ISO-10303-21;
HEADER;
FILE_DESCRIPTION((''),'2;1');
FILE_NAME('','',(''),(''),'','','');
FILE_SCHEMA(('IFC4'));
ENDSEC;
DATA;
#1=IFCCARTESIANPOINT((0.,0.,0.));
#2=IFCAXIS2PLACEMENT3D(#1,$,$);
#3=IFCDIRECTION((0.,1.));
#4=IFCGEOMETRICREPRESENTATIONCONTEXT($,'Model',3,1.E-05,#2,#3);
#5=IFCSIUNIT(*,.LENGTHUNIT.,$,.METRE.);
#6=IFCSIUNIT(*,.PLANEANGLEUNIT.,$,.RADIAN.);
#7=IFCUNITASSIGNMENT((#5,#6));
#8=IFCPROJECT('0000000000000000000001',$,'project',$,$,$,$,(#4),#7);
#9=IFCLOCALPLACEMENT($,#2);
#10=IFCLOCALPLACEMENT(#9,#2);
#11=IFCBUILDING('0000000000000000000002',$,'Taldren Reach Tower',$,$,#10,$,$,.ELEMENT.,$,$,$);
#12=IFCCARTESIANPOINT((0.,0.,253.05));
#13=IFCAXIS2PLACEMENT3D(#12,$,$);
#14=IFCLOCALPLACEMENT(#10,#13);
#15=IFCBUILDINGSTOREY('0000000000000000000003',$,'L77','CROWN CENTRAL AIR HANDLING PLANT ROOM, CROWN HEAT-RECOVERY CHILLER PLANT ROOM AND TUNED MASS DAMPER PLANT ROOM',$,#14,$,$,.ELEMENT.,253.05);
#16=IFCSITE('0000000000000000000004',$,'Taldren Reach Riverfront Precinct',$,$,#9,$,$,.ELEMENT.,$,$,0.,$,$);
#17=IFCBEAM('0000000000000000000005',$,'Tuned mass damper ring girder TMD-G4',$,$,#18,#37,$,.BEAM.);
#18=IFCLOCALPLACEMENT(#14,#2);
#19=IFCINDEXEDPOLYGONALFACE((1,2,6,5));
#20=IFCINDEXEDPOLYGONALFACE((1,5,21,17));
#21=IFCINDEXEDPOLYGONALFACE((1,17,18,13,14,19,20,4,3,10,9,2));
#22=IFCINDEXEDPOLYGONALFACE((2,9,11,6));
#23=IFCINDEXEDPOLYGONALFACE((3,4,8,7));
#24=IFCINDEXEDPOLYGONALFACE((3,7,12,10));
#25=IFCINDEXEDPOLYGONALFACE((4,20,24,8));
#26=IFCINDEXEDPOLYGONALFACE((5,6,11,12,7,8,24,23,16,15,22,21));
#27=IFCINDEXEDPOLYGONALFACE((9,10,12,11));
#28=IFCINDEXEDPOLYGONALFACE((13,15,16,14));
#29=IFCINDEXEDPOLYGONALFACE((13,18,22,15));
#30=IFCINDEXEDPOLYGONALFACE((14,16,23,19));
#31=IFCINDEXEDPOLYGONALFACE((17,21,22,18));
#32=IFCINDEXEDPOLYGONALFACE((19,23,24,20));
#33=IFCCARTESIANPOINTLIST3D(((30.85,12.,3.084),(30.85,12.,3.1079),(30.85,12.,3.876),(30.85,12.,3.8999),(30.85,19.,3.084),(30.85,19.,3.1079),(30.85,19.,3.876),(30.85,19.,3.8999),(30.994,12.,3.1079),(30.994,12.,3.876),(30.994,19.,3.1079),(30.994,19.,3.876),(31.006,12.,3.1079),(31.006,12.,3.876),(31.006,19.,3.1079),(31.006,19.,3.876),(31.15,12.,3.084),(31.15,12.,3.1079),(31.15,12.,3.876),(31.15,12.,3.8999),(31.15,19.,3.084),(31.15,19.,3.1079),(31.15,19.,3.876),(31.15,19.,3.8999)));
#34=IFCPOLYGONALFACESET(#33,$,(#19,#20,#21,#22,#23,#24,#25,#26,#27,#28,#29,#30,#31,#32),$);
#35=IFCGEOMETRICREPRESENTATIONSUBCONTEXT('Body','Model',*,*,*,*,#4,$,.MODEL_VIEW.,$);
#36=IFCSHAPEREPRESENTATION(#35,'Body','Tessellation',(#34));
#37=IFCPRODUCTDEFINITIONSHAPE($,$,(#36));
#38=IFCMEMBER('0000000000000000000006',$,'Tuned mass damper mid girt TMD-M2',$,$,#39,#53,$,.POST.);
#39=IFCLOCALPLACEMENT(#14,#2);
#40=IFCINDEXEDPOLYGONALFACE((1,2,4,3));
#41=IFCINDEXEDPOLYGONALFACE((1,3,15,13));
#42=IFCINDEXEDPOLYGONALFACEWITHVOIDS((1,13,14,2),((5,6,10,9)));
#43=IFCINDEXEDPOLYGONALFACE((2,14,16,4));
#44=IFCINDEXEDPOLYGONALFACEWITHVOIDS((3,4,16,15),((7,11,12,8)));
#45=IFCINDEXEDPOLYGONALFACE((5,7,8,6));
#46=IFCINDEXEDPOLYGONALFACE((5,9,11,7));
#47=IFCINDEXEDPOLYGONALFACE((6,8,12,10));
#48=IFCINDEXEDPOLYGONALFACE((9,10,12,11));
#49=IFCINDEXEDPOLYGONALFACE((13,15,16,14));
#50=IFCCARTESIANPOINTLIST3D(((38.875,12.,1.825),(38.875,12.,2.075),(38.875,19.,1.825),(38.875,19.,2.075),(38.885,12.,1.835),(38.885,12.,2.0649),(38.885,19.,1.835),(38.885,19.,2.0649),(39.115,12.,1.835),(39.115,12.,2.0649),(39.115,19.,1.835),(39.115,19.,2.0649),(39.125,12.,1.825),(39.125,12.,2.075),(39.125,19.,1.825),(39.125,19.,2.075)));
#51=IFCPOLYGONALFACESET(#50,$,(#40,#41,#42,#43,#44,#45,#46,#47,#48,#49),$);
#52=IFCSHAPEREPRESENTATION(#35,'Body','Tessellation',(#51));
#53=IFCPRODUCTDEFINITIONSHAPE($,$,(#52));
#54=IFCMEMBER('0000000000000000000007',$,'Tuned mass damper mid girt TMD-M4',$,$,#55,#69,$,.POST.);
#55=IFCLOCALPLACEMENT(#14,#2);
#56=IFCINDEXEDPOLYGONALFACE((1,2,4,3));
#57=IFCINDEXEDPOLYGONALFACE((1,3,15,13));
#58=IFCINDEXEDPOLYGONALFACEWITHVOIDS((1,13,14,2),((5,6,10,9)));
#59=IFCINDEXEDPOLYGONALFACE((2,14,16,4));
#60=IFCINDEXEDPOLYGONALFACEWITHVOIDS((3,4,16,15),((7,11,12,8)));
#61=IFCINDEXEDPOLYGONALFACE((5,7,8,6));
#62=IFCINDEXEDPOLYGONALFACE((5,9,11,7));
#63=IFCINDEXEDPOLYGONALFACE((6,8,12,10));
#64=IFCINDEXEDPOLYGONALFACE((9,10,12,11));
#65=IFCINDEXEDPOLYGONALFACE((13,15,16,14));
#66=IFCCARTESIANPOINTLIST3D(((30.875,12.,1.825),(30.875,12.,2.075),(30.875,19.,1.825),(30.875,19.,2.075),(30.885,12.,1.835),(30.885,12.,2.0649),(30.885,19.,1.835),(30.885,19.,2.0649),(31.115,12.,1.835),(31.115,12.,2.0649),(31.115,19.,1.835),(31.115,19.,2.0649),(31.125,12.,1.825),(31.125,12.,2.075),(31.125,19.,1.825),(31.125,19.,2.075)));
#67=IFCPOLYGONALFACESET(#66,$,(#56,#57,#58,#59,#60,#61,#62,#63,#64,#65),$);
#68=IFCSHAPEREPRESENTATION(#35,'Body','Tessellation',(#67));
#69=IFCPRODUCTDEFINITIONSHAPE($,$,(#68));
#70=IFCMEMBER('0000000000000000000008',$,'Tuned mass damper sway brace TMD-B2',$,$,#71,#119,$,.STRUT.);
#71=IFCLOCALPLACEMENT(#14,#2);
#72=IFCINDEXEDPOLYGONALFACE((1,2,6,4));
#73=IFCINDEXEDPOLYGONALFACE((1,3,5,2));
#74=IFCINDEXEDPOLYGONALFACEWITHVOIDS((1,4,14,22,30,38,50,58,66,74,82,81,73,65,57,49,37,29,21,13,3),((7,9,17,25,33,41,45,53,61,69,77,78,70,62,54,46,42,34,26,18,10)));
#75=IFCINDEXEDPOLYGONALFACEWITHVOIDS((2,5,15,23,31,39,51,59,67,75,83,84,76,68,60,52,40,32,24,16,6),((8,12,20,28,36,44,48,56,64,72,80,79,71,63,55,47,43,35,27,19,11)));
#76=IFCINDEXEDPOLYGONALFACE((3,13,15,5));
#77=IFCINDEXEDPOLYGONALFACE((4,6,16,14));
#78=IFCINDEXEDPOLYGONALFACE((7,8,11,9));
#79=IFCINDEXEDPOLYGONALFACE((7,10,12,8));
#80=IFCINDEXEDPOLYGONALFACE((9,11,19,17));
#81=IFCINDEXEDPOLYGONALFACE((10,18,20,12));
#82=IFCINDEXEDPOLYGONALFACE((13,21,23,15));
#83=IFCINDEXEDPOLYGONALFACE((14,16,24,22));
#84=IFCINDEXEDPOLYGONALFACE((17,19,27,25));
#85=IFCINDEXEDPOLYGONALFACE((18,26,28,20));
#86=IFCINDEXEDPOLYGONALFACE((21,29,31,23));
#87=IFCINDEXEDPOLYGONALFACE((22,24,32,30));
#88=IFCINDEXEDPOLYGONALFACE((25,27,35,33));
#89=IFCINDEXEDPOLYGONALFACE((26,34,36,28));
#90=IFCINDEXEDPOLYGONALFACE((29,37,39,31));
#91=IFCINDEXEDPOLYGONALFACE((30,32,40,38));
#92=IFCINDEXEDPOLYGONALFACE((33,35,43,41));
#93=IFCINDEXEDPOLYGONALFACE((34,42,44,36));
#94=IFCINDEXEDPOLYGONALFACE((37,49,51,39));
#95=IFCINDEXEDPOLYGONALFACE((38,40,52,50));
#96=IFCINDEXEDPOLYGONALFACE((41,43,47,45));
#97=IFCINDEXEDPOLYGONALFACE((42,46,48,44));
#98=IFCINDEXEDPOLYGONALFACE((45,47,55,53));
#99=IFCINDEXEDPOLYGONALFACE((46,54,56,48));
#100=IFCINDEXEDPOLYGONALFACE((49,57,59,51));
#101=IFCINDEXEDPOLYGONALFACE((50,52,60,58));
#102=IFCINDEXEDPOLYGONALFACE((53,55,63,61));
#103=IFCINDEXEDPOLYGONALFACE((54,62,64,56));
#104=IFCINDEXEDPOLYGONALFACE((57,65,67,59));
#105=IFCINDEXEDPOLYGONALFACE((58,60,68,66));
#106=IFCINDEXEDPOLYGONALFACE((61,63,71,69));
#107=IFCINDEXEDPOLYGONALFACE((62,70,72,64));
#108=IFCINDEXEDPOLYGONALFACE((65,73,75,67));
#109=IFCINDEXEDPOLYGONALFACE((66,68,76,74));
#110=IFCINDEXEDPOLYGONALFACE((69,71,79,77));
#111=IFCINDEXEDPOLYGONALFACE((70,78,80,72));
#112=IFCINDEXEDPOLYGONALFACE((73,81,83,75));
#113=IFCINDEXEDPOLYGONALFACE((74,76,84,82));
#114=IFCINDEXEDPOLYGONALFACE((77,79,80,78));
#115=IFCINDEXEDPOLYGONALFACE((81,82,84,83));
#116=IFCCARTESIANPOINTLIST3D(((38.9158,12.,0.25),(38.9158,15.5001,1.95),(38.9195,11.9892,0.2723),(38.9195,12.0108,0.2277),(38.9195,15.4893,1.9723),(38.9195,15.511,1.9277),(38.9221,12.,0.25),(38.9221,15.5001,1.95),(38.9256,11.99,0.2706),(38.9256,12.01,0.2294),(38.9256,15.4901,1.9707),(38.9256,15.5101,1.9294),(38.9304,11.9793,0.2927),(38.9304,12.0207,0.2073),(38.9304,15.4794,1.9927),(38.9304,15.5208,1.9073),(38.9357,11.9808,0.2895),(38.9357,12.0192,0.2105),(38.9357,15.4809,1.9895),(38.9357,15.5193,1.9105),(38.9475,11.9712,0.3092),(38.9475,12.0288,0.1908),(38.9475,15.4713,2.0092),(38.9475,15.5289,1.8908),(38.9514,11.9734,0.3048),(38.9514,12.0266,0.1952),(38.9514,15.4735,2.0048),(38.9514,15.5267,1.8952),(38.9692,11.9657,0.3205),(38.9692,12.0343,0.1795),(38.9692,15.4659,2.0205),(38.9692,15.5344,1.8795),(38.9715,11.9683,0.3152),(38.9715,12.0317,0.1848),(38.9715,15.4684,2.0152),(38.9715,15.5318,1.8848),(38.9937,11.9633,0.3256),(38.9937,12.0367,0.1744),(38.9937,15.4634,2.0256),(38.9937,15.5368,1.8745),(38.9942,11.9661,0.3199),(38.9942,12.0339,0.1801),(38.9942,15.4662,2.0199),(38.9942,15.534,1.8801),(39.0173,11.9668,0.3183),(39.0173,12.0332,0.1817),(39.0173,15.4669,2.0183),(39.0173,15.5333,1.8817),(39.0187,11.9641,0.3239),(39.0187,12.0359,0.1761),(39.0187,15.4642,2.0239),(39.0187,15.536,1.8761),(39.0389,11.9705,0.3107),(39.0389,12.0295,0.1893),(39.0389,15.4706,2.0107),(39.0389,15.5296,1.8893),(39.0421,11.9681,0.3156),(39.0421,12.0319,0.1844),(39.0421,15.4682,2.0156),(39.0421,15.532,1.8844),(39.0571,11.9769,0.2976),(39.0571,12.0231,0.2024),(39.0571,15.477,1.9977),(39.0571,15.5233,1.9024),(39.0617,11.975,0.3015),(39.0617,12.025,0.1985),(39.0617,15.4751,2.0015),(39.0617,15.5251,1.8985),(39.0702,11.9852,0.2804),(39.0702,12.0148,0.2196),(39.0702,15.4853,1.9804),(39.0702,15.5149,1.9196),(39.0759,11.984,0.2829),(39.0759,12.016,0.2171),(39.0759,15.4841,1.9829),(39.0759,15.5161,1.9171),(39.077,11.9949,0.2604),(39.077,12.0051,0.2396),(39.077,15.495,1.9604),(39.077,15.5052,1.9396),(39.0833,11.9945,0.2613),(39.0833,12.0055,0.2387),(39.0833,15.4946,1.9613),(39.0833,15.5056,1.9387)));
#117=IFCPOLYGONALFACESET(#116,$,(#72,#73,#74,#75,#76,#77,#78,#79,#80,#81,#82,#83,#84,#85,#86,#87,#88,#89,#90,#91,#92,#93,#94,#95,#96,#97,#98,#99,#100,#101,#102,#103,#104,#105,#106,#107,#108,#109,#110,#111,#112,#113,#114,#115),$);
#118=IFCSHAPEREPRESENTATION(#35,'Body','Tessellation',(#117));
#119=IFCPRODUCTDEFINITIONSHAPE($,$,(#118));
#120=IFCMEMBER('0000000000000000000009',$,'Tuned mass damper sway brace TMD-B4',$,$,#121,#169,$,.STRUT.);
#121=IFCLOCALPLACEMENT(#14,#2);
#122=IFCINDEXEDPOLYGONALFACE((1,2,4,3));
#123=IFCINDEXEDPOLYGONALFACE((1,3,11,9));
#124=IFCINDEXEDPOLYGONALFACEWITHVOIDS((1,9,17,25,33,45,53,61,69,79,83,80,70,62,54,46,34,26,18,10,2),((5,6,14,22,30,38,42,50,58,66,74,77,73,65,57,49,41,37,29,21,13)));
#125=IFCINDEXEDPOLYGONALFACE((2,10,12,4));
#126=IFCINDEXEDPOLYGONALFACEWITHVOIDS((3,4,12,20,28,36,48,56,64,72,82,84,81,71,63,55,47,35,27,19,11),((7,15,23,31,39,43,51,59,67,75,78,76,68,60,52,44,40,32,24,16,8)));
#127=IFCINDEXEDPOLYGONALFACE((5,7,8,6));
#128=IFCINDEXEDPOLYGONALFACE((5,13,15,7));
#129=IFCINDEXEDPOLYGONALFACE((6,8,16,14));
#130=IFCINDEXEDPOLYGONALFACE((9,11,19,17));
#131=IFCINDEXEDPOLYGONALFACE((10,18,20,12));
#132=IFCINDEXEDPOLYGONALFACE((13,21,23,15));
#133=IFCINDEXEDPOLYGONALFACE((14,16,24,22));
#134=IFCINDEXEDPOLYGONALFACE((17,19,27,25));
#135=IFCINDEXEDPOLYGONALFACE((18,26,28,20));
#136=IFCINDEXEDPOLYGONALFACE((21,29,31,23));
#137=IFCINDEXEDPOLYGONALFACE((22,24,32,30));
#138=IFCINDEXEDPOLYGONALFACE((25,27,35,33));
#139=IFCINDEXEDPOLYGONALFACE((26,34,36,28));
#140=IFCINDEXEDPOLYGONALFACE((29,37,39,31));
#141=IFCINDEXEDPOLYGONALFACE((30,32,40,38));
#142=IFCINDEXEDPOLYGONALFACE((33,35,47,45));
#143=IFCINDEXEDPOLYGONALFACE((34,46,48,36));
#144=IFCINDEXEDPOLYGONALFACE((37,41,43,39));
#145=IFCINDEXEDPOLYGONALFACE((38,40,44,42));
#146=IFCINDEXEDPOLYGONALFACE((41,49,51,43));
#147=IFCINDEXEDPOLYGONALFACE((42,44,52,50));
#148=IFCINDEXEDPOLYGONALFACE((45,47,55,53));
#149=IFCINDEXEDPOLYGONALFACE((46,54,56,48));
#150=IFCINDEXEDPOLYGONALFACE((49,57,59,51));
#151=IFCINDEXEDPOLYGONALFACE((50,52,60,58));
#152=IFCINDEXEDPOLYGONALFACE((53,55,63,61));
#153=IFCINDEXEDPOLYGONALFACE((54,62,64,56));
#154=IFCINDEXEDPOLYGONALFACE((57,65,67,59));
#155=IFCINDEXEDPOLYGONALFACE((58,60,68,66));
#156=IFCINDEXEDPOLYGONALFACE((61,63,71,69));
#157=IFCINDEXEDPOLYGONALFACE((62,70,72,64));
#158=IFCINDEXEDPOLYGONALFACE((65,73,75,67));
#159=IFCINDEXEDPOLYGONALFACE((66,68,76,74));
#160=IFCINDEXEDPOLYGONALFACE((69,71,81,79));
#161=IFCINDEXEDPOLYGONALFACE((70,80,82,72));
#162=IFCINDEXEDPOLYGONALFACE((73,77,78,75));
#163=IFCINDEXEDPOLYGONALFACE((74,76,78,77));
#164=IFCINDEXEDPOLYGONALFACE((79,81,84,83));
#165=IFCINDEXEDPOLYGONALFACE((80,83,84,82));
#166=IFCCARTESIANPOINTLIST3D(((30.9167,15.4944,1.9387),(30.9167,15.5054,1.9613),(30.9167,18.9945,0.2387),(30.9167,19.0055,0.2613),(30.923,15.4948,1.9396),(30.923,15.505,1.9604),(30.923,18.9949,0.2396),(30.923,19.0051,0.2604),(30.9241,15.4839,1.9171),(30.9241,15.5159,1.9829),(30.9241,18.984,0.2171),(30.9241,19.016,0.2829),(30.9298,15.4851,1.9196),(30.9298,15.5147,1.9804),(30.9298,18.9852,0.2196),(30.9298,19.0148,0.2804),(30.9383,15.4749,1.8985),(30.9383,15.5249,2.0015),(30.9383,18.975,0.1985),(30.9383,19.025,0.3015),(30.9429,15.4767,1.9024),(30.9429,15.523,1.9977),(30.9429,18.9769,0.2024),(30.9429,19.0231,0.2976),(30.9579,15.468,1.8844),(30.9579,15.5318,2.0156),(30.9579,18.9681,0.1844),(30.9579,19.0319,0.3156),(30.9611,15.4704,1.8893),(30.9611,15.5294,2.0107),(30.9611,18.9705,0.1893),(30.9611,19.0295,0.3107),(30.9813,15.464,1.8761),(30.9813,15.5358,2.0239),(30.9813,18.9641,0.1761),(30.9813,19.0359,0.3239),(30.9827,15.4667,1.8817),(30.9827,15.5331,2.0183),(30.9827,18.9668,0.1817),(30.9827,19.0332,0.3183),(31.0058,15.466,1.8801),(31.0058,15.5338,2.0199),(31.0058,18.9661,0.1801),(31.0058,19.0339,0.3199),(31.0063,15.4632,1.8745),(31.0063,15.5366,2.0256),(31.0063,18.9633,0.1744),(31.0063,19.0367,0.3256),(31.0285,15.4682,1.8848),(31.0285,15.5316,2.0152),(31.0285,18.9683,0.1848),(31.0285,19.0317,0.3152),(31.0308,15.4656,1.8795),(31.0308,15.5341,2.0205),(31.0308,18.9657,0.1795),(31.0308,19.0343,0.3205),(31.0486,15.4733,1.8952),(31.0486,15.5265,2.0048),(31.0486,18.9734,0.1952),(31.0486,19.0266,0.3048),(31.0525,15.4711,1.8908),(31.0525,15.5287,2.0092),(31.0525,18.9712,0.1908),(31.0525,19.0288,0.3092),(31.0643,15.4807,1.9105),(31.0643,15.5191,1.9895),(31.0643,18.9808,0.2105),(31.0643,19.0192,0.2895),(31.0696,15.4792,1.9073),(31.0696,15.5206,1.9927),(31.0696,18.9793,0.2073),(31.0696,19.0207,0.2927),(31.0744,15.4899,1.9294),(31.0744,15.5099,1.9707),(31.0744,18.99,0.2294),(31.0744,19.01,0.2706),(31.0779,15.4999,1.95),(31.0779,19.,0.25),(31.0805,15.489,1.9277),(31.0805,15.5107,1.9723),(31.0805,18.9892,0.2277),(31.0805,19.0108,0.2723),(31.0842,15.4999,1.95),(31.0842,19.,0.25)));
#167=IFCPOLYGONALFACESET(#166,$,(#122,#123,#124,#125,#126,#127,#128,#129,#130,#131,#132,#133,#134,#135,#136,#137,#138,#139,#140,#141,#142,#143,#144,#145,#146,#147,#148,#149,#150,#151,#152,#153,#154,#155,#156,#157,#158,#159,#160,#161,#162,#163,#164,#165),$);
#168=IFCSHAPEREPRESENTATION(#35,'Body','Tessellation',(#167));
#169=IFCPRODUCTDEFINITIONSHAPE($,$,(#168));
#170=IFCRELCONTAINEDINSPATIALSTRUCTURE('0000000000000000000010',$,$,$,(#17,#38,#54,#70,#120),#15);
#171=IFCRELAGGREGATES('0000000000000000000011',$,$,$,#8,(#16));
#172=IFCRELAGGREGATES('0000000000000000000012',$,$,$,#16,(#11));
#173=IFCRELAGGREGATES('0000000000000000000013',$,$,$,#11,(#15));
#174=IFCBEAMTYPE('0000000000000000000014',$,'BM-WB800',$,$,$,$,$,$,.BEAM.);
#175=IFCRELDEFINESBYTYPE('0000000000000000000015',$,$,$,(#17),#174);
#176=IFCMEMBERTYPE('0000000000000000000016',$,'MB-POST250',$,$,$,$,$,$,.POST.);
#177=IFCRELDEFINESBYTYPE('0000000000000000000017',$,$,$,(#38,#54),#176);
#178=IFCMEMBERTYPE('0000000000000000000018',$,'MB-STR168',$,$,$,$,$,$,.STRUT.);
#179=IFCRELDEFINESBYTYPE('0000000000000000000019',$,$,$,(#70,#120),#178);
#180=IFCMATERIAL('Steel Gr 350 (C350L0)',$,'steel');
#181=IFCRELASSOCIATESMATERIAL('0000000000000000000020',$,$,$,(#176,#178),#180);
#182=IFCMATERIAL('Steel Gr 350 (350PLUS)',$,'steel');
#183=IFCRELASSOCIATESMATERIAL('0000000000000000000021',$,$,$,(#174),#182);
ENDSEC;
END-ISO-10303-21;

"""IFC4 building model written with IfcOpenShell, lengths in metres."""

from ifc_helpers import new_model, si_unit, direction, frame, origin, origin_2d, place, context, subcontext, project, spatial, hollow_rectangle, hollow_circle, i_section, extrude, source, transform, mapped, material, material_profile, profile_set, type_object, element, save


model = new_model("IFC4")

# Units and contexts
model_context = context("Model", 3, precision=1e-05, world=origin(), true_north=direction((0.0, 1.0)))
body_context = subcontext(model_context, "Body", "Model", "MODEL_VIEW")
ifc_project = project(units=[si_unit("LENGTHUNIT", "METRE"), si_unit("PLANEANGLEUNIT", "RADIAN")], contexts=[model_context])

# Site, building, storey
site_placement = place(None, origin())
site = spatial("IfcSite", under=ifc_project, at=site_placement, Name="Taldren Reach Riverfront Precinct", CompositionType="ELEMENT", RefElevation=0.0)
building_placement = place(site_placement, origin())
building = spatial("IfcBuilding", under=site, at=building_placement, Name="Taldren Reach Tower", CompositionType="ELEMENT")
storey_placement = place(building_placement, frame((0.0, 0.0, 253.05)))
storey = spatial("IfcBuildingStorey", under=building, at=storey_placement, Name="L77", Description="CROWN CENTRAL AIR HANDLING PLANT ROOM, CROWN HEAT-RECOVERY CHILLER PLANT ROOM AND TUNED MASS DAMPER PLANT ROOM", CompositionType="ELEMENT", Elevation=253.05)

# Shared definitions
ifc_material_1 = material(Name="Steel Gr 350 (350PLUS)", Category="steel")
ifc_material_2 = material(Name="Steel Gr 350 (C350L0)", Category="steel")
ifc_material_profile_1 = material_profile(ifc_material_2, hollow_rectangle(XDim=0.25, YDim=0.25, WallThickness=0.01, at=origin_2d()), Name="250x250x10.0SHS")
ifc_profile_set_1 = profile_set([ifc_material_profile_1], Name="Steel Gr 350 (C350L0)")
member_type_1 = type_object("IfcMemberType", Name="MB-POST250", PredefinedType="POST", material=ifc_profile_set_1)

# Shared definitions
ifc_material_profile_2 = material_profile(ifc_material_1, i_section(OverallWidth=0.3, OverallDepth=0.8159, WebThickness=0.012, FlangeThickness=0.0239, at=origin_2d()), Name="800WB192")
ifc_profile_set_2 = profile_set([ifc_material_profile_2], Name="Steel Gr 350 (350PLUS)")
beam_type = type_object("IfcBeamType", Name="BM-WB800", PredefinedType="BEAM", material=ifc_profile_set_2)

# Shared definitions
ifc_material_profile_3 = material_profile(ifc_material_2, hollow_circle(Radius=0.0842, WallThickness=0.0063, at=origin_2d()), Name="168x6.4CHS")
ifc_profile_set_3 = profile_set([ifc_material_profile_3], Name="Steel Gr 350 (C350L0)")
member_type_2 = type_object("IfcMemberType", Name="MB-STR168", PredefinedType="STRUT", material=ifc_profile_set_3)

# Beam
shared_shape_1 = source(origin(), body_context, "Body", "SweptSolid", [
    extrude(i_section(OverallWidth=0.3, OverallDepth=0.8159, WebThickness=0.012, FlangeThickness=0.0239, at=origin_2d()), origin(), (0.0, 0.0, 1.0), 7.0),
])
for number, where, z_axis, x_axis, name in (
    (1, (31.0, 19.0, 3.4919), (0.0, -1.0, 0.0), (1.0, 0.0, 0.0), "Tuned mass damper ring girder TMD-G4"),
):
    element("IfcBeam", number, at=place(storey_placement, frame(where, z_axis=z_axis, x_axis=x_axis)), inside=storey, type_object=beam_type, Name=name, PredefinedType="BEAM", context=body_context, shape_type="MappedRepresentation", body=[
        mapped(shared_shape_1, transform((0.0, 0.0, 0.0), scale=1.0)),
    ])

# Members
shared_shape_2 = source(origin(), body_context, "Body", "SweptSolid", [
    extrude(hollow_rectangle(XDim=0.25, YDim=0.25, WallThickness=0.01, at=origin_2d()), origin(), (0.0, 0.0, 1.0), 7.0),
])
for number, where, z_axis, x_axis, name in (
    (2, (39.0, 12.0, 1.95), (0.0, 1.0, 0.0), (-1.0, 0.0, 0.0), "Tuned mass damper mid girt TMD-M2"),
    (3, (31.0, 19.0, 1.95), (0.0, -1.0, 0.0), (1.0, 0.0, 0.0), "Tuned mass damper mid girt TMD-M4"),
):
    element("IfcMember", number, at=place(storey_placement, frame(where, z_axis=z_axis, x_axis=x_axis)), inside=storey, type_object=member_type_1, Name=name, PredefinedType="POST", context=body_context, shape_type="MappedRepresentation", body=[
        mapped(shared_shape_2, transform((0.0, 0.0, 0.0), scale=1.0)),
    ])
shared_shape_3 = source(origin(), body_context, "Body", "SweptSolid", [
    extrude(hollow_circle(Radius=0.0842, WallThickness=0.0063, at=origin_2d()), origin(), (0.0, 0.0, 1.0), 3.8911),
])
for number, where, z_axis, x_axis, name in (
    (4, (39.0, 12.0, 0.25), (0.0, 0.899513, 0.436894), (-1.0, 0.0, 0.0), "Tuned mass damper sway brace TMD-B2"),
    (5, (31.0, 19.0, 0.25), (0.0, -0.899513, 0.436894), (1.0, 0.0, 0.0), "Tuned mass damper sway brace TMD-B4"),
):
    element("IfcMember", number, at=place(storey_placement, frame(where, z_axis=z_axis, x_axis=x_axis)), inside=storey, type_object=member_type_2, Name=name, PredefinedType="STRUT", context=body_context, shape_type="MappedRepresentation", body=[
        mapped(shared_shape_3, transform((0.0, 0.0, 0.0), scale=1.0)),
    ])

save(model, "model.ifc")
